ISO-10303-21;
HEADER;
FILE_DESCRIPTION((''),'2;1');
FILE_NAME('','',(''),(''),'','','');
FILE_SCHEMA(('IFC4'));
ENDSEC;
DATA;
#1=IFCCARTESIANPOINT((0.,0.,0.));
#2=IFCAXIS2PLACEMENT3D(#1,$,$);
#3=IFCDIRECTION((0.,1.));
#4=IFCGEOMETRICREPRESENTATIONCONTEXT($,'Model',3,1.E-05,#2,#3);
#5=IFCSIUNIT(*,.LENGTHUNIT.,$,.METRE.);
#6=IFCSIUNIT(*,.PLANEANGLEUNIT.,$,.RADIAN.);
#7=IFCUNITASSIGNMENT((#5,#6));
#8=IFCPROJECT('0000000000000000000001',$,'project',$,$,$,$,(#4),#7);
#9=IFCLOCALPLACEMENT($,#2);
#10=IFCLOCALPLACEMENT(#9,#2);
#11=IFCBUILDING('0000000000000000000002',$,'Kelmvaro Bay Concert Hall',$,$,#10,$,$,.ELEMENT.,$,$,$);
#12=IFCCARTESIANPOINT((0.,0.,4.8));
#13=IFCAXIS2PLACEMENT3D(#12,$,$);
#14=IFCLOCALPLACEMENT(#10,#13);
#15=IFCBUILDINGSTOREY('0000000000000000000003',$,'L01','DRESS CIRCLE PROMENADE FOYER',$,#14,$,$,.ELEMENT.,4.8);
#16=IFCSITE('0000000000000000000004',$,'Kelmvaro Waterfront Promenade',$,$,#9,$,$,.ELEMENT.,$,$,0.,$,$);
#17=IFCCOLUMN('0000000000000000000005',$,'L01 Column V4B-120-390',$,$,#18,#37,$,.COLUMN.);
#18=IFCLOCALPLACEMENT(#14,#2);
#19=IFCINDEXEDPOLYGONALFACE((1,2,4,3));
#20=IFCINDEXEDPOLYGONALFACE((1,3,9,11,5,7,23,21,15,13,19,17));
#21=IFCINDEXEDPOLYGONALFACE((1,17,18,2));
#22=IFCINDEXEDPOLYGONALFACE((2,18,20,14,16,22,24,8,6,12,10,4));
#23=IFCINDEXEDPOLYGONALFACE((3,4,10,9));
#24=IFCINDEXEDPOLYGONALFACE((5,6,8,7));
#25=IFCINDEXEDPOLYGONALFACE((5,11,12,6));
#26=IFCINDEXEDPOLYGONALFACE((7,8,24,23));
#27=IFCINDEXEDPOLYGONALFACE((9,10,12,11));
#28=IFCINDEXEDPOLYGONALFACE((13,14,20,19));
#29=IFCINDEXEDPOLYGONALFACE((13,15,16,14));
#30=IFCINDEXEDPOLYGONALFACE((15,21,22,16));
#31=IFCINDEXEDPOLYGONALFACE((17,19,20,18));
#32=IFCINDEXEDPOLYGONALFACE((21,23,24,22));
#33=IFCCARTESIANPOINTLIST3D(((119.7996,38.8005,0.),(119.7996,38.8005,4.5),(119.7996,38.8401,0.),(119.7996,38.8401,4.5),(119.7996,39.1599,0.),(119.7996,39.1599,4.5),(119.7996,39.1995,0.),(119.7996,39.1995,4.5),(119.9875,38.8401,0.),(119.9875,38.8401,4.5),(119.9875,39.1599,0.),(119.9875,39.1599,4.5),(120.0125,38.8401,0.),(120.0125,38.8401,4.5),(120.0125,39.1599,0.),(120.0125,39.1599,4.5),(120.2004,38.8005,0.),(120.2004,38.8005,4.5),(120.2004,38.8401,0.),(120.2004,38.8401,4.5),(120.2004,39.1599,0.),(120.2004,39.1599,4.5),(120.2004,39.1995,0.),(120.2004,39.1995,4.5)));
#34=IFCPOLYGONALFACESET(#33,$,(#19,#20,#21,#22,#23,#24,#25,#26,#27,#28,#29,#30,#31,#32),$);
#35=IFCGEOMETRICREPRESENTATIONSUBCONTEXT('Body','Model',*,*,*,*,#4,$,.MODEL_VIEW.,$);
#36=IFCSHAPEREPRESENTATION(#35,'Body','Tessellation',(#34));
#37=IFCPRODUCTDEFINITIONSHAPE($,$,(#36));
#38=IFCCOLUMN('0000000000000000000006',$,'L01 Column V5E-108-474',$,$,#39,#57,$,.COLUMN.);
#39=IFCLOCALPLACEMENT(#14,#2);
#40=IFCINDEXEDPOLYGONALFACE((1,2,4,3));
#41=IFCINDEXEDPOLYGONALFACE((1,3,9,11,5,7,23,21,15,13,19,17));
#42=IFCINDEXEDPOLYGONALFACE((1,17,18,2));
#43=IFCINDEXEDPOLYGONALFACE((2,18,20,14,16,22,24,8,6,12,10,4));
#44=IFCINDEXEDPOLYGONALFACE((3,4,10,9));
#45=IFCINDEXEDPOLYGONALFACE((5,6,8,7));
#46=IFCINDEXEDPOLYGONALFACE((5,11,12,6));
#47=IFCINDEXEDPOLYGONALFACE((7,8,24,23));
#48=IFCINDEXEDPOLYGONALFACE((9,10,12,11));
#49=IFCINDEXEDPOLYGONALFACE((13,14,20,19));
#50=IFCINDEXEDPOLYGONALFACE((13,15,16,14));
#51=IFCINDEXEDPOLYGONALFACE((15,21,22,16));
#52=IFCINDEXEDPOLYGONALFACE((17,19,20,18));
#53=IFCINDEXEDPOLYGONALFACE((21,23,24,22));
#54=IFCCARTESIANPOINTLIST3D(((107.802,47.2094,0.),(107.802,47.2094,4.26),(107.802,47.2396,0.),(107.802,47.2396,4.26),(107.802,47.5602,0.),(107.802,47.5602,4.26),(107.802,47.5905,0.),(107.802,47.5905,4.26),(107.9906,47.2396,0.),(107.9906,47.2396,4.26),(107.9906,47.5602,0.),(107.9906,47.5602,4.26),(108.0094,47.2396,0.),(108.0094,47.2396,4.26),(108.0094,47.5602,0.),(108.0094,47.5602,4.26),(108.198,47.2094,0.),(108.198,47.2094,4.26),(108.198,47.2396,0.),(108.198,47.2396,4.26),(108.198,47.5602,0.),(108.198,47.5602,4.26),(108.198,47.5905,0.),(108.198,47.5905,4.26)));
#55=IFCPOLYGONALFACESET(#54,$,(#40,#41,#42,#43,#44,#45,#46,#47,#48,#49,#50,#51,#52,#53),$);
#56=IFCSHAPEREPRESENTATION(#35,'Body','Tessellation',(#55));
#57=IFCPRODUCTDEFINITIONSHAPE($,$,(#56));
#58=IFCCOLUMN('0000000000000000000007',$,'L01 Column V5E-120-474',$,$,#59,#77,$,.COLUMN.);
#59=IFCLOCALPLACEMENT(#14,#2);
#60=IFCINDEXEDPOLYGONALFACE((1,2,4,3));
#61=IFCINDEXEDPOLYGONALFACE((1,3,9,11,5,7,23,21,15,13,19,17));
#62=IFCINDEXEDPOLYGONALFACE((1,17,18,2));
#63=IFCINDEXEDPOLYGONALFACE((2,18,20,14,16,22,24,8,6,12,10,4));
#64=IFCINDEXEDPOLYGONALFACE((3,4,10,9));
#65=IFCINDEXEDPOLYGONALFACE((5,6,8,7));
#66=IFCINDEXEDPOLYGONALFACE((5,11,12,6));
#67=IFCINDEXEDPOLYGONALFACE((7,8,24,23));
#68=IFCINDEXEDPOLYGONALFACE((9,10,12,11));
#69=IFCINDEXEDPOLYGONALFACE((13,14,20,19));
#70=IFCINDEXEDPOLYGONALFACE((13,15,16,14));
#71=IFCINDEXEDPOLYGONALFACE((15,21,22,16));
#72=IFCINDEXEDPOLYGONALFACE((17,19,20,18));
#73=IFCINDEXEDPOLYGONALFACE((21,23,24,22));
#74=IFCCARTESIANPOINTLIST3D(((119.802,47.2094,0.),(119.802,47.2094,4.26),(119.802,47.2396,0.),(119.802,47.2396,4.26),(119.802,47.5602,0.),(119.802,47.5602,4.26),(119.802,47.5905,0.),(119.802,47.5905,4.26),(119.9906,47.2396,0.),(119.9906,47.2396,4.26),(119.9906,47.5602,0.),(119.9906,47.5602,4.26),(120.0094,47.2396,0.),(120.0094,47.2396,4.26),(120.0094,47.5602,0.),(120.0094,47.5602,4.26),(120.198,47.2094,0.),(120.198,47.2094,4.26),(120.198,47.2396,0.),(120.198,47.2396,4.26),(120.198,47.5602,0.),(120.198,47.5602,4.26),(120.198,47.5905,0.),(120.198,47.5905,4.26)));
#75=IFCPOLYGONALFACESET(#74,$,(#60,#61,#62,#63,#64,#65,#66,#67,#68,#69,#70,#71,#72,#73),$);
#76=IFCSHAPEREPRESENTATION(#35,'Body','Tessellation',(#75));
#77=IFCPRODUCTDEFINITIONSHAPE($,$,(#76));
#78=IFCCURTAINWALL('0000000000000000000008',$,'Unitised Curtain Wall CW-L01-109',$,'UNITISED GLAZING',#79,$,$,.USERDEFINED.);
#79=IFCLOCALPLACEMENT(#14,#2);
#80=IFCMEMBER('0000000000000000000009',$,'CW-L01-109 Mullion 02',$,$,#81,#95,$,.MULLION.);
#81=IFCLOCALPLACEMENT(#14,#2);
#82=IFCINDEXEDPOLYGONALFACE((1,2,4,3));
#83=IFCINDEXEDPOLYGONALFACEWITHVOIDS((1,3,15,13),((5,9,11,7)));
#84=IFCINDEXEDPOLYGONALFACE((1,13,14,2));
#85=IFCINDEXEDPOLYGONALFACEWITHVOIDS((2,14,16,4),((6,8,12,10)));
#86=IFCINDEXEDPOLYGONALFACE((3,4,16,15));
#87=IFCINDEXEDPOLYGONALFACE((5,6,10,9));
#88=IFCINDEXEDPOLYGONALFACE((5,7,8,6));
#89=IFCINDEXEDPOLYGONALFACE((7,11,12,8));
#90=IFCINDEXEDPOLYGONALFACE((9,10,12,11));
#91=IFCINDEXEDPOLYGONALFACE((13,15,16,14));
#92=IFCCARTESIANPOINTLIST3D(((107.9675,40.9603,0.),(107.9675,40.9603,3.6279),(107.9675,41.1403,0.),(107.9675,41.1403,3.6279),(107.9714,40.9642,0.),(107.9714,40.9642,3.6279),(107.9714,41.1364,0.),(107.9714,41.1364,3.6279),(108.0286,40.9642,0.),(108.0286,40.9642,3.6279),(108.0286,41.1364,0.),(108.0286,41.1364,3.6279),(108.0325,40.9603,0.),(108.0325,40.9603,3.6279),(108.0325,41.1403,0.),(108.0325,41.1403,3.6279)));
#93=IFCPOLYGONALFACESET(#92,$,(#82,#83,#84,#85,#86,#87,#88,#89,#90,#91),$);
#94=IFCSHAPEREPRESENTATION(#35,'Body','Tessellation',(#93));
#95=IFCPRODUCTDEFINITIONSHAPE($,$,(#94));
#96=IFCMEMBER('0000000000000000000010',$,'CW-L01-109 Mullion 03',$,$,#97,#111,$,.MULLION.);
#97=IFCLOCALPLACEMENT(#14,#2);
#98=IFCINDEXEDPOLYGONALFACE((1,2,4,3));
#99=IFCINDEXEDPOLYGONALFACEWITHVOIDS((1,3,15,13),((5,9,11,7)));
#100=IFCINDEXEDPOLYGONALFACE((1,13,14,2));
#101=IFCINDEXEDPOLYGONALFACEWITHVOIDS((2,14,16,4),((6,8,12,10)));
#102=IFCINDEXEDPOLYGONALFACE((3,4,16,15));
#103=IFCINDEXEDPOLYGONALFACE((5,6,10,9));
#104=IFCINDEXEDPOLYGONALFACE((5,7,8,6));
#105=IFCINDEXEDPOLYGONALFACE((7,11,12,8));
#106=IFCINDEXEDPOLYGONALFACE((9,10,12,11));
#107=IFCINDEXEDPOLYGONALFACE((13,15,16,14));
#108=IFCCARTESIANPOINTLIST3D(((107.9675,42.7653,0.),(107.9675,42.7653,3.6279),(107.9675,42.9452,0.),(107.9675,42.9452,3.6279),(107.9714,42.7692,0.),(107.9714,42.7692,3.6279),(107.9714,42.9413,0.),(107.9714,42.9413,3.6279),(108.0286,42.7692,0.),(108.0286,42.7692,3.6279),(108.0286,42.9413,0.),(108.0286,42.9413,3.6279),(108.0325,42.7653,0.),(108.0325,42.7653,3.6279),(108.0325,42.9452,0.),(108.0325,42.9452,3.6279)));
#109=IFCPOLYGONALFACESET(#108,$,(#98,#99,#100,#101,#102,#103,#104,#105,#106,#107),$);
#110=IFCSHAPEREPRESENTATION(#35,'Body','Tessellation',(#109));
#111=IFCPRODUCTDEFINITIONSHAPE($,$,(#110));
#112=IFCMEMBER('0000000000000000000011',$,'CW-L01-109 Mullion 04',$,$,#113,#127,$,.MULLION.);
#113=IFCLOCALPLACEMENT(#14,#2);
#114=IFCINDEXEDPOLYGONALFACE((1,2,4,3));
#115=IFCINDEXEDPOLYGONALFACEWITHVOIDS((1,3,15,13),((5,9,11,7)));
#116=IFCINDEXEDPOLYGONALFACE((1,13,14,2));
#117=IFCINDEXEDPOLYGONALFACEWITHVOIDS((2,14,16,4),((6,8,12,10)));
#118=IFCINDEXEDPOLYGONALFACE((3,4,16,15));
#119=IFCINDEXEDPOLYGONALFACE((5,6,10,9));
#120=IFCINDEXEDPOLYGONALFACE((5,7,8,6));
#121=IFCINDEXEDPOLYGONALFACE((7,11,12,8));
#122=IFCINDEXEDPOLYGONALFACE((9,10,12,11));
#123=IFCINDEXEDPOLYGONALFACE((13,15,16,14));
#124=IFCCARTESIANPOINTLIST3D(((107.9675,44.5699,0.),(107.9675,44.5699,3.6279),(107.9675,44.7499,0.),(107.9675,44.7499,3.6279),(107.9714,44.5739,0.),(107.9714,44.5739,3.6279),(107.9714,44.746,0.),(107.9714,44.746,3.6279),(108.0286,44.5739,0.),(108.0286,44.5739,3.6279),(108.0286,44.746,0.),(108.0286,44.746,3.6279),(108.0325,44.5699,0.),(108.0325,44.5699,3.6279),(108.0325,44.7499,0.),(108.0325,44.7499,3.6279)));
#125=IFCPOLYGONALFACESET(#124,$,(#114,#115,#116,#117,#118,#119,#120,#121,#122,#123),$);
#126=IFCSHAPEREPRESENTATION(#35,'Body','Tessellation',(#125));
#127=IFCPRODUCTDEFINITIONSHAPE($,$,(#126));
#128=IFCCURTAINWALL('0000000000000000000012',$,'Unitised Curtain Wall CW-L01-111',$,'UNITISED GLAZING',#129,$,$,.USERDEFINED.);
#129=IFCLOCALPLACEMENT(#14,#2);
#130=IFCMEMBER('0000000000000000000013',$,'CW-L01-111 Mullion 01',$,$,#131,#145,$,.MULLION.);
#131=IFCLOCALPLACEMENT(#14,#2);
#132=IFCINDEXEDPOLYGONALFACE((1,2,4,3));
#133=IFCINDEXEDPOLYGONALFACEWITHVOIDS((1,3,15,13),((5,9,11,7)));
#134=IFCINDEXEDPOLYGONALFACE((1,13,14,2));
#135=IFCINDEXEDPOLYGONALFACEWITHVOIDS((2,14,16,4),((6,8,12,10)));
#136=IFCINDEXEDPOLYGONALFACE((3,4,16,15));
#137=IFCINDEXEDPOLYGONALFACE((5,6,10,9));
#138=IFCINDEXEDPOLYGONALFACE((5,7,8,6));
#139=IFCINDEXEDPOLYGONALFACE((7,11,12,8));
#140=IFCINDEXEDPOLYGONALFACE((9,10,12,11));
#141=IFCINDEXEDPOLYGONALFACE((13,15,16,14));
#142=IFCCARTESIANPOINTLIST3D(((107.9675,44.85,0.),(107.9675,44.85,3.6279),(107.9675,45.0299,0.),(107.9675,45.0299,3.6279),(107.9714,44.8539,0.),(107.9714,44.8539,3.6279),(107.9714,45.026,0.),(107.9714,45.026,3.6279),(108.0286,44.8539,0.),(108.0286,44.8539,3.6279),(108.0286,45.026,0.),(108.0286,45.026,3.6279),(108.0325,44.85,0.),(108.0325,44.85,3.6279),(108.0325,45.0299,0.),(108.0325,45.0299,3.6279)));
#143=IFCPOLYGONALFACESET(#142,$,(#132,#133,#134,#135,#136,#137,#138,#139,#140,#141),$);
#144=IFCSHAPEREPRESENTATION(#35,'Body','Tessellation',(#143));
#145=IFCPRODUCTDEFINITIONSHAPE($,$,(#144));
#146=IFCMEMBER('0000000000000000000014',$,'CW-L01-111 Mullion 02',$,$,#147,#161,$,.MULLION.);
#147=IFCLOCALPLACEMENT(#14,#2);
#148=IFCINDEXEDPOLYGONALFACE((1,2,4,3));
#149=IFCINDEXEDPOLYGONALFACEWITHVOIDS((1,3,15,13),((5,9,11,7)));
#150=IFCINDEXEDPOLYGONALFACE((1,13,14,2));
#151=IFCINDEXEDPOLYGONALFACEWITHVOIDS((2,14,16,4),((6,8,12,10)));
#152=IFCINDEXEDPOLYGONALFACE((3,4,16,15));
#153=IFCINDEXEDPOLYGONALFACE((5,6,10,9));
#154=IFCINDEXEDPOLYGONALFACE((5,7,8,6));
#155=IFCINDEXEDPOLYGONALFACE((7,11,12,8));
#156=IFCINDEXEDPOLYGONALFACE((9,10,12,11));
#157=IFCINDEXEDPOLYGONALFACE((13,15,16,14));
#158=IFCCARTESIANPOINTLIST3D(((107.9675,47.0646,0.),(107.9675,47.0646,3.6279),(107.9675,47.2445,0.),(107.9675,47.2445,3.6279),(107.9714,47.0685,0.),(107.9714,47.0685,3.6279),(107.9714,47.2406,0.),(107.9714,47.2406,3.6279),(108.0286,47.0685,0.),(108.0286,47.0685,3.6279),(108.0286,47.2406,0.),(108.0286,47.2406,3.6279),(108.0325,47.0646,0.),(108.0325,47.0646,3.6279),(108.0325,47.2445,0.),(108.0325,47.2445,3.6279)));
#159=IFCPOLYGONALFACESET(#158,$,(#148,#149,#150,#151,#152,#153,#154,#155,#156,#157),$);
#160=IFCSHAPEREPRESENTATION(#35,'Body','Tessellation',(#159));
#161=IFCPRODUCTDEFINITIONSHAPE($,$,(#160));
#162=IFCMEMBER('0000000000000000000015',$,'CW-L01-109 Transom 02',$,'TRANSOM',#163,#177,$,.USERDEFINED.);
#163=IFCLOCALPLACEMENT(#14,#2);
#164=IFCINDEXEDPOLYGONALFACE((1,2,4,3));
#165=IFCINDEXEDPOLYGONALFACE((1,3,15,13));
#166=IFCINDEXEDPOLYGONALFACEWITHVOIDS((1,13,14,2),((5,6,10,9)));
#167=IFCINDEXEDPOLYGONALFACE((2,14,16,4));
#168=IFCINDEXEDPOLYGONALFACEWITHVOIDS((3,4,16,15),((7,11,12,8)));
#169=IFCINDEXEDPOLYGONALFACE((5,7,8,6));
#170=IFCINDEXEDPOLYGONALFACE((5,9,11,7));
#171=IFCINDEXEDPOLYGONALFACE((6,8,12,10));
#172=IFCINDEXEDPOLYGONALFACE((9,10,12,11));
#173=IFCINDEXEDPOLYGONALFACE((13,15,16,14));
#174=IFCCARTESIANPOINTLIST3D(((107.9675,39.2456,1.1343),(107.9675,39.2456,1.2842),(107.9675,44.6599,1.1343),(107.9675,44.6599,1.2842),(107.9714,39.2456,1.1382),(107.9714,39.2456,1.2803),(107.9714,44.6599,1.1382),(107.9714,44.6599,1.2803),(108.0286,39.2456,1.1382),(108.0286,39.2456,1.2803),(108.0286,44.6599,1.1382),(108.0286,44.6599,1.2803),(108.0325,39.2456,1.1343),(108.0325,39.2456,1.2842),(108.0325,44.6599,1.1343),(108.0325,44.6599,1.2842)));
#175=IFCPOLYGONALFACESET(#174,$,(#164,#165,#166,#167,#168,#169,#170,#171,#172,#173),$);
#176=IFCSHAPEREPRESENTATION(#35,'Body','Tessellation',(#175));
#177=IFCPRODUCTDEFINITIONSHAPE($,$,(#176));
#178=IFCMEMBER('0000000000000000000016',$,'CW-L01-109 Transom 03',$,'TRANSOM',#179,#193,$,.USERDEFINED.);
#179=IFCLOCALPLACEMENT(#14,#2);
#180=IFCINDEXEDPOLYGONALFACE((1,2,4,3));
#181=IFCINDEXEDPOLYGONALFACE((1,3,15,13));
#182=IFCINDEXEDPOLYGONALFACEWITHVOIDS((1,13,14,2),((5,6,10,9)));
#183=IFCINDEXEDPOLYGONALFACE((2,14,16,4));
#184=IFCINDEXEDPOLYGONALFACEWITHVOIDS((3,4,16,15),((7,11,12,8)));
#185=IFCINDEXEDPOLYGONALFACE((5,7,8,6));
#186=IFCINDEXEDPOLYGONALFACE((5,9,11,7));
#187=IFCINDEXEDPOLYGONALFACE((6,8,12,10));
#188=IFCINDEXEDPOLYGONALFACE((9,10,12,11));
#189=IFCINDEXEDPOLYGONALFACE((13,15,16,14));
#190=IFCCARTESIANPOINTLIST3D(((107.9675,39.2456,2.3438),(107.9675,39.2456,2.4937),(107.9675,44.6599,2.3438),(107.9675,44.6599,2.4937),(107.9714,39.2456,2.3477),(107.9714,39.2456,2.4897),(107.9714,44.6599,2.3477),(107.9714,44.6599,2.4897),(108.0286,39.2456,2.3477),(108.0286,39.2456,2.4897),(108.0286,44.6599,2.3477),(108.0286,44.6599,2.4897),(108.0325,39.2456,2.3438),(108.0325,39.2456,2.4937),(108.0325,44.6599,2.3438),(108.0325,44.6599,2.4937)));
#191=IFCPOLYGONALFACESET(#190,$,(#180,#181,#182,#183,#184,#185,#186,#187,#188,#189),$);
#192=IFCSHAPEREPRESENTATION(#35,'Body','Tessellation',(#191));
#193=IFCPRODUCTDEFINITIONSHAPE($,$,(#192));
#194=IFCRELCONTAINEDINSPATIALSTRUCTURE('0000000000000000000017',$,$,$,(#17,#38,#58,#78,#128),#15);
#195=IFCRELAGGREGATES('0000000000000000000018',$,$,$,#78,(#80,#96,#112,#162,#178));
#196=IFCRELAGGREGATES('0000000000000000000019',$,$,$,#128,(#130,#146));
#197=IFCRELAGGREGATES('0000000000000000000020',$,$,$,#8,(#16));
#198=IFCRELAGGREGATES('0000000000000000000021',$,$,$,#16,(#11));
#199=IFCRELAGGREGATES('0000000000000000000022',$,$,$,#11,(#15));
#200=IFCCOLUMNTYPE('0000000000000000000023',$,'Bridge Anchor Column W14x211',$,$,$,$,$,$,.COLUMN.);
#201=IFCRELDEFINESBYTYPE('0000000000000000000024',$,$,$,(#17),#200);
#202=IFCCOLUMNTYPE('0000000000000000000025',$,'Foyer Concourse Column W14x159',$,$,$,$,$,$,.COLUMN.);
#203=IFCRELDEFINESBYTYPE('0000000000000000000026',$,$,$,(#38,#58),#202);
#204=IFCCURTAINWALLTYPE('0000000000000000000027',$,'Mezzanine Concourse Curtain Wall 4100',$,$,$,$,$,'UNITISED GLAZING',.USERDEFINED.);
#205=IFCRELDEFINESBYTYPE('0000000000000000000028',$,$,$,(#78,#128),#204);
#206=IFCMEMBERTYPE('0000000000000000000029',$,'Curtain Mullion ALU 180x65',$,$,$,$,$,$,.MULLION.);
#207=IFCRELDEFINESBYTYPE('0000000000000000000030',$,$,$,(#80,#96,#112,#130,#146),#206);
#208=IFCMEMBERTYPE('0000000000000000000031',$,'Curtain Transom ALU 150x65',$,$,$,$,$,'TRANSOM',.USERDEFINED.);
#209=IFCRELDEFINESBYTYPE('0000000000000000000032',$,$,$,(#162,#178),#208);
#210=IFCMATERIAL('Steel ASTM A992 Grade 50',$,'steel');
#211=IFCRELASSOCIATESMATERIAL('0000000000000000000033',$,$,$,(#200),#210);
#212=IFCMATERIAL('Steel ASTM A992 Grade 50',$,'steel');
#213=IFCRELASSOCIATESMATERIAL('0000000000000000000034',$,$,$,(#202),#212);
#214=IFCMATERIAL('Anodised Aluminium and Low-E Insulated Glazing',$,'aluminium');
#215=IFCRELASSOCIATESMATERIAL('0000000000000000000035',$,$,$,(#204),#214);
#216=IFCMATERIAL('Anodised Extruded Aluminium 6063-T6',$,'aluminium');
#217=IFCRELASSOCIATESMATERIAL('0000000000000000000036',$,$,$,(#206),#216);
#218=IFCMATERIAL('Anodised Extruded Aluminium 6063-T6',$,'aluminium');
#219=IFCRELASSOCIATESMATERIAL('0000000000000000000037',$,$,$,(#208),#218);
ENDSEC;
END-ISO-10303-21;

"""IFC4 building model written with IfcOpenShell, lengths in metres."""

from ifc_helpers import new_model, si_unit, direction, frame, origin, origin_2d, place, context, subcontext, project, spatial, hollow_rectangle, i_section, extrude, material, material_profile, profile_set, type_object, element, aggregate, save


model = new_model("IFC4")

# Units and contexts
model_context = context("Model", 3, precision=1e-05, world=origin(), true_north=direction((0.0, 1.0)))
body_context = subcontext(model_context, "Body", "Model", "MODEL_VIEW")
ifc_project = project(units=[si_unit("LENGTHUNIT", "METRE"), si_unit("PLANEANGLEUNIT", "RADIAN")], contexts=[model_context])

# Site, building, storey
site_placement = place(None, origin())
site = spatial("IfcSite", under=ifc_project, at=site_placement, Name="Kelmvaro Waterfront Promenade", CompositionType="ELEMENT", RefElevation=0.0)
building_placement = place(site_placement, origin())
building = spatial("IfcBuilding", under=site, at=building_placement, Name="Kelmvaro Bay Concert Hall", CompositionType="ELEMENT")
storey_placement = place(building_placement, frame((0.0, 0.0, 4.8)))
storey = spatial("IfcBuildingStorey", under=building, at=storey_placement, Name="L01", Description="DRESS CIRCLE PROMENADE FOYER", CompositionType="ELEMENT", Elevation=4.8)

# Columns
ifc_material_1 = material(Name="Steel ASTM A992 Grade 50", Category="steel")
ifc_material_profile_1 = material_profile(ifc_material_1, i_section(OverallWidth=0.4009, OverallDepth=0.3989, WebThickness=0.0249, FlangeThickness=0.0396, at=origin_2d()), Name="W14X211")
ifc_profile_set_1 = profile_set([ifc_material_profile_1], Name="Steel ASTM A992 Grade 50")
column_type_1 = type_object("IfcColumnType", Name="Bridge Anchor Column W14x211", PredefinedType="COLUMN", material=ifc_profile_set_1)
column_placement = place(storey_placement, frame((120.0, 39.0, 0.0), z_axis=(0.0, 0.0, 1.0), x_axis=(1.0, 0.0, 0.0)))
element("IfcColumn", 1, at=column_placement, inside=storey, type_object=column_type_1, Name="L01 Column V4B-120-390", PredefinedType="COLUMN", context=body_context, shape_type="SweptSolid", body=[
    extrude(i_section(OverallWidth=0.4009, OverallDepth=0.3989, WebThickness=0.0249, FlangeThickness=0.0396, at=origin_2d()), origin(), (0.0, 0.0, 1.0), 4.5),
])
ifc_material_2 = material(Name="Steel ASTM A992 Grade 50", Category="steel")
ifc_material_profile_2 = material_profile(ifc_material_2, i_section(OverallWidth=0.396, OverallDepth=0.3811, WebThickness=0.0188, FlangeThickness=0.0303, at=origin_2d()), Name="W14X159")
ifc_profile_set_2 = profile_set([ifc_material_profile_2], Name="Steel ASTM A992 Grade 50")
column_type_2 = type_object("IfcColumnType", Name="Foyer Concourse Column W14x159", PredefinedType="COLUMN", material=ifc_profile_set_2)
for number, where, z_axis, x_axis, name in (
    (2, (108.0, 47.3999, 0.0), (0.0, 0.0, 1.0), (1.0, 0.0, 0.0), "L01 Column V5E-108-474"),
    (3, (120.0, 47.3999, 0.0), (0.0, 0.0, 1.0), (1.0, 0.0, 0.0), "L01 Column V5E-120-474"),
):
    element("IfcColumn", number, at=place(storey_placement, frame(where, z_axis=z_axis, x_axis=x_axis)), inside=storey, type_object=column_type_2, Name=name, PredefinedType="COLUMN", context=body_context, shape_type="SweptSolid", body=[
        extrude(i_section(OverallWidth=0.396, OverallDepth=0.3811, WebThickness=0.0188, FlangeThickness=0.0303, at=origin_2d()), origin(), (0.0, 0.0, 1.0), 4.26),
    ])

# Curtain walls, members
ifc_material_3 = material(Name="Anodised Aluminium and Low-E Insulated Glazing", Category="aluminium")
curtain_wall_type = type_object("IfcCurtainWallType", Name="Mezzanine Concourse Curtain Wall 4100", ElementType="UNITISED GLAZING", PredefinedType="USERDEFINED", material=ifc_material_3)
curtain_wall_1_placement = place(storey_placement, origin())
curtain_wall_1 = element("IfcCurtainWall", 4, at=curtain_wall_1_placement, inside=storey, type_object=curtain_wall_type, Name="Unitised Curtain Wall CW-L01-109", ObjectType="UNITISED GLAZING", PredefinedType="USERDEFINED")
ifc_material_4 = material(Name="Anodised Extruded Aluminium 6063-T6", Category="aluminium")
ifc_material_profile_3 = material_profile(ifc_material_4, hollow_rectangle(XDim=0.0649, YDim=0.1799, WallThickness=0.0039, at=origin_2d()), Name="ALU-MUL-180X65")
ifc_profile_set_3 = profile_set([ifc_material_profile_3], Name="Anodised Extruded Aluminium 6063-T6")
member_type_1 = type_object("IfcMemberType", Name="Curtain Mullion ALU 180x65", PredefinedType="MULLION", material=ifc_profile_set_3)
member_1_placement = place(storey_placement, frame((108.0, 41.0503, 0.0), z_axis=(0.0, 0.0, 1.0), x_axis=(1.0, 0.0, 0.0)))
member_1 = element("IfcMember", 5, at=member_1_placement, type_object=member_type_1, Name="CW-L01-109 Mullion 02", PredefinedType="MULLION", context=body_context, shape_type="SweptSolid", body=[
    extrude(hollow_rectangle(XDim=0.0649, YDim=0.1799, WallThickness=0.0039, at=origin_2d()), origin(), (0.0, 0.0, 1.0), 3.6279),
])
member_2_placement = place(storey_placement, frame((108.0, 42.8552, 0.0), z_axis=(0.0, 0.0, 1.0), x_axis=(1.0, 0.0, 0.0)))
member_2 = element("IfcMember", 6, at=member_2_placement, type_object=member_type_1, Name="CW-L01-109 Mullion 03", PredefinedType="MULLION", context=body_context, shape_type="SweptSolid", body=[
    extrude(hollow_rectangle(XDim=0.0649, YDim=0.1799, WallThickness=0.0039, at=origin_2d()), origin(), (0.0, 0.0, 1.0), 3.6279),
])
member_3_placement = place(storey_placement, frame((108.0, 44.6599, 0.0), z_axis=(0.0, 0.0, 1.0), x_axis=(1.0, 0.0, 0.0)))
member_3 = element("IfcMember", 7, at=member_3_placement, type_object=member_type_1, Name="CW-L01-109 Mullion 04", PredefinedType="MULLION", context=body_context, shape_type="SweptSolid", body=[
    extrude(hollow_rectangle(XDim=0.0649, YDim=0.1799, WallThickness=0.0039, at=origin_2d()), origin(), (0.0, 0.0, 1.0), 3.6279),
])
curtain_wall_2_placement = place(storey_placement, origin())
curtain_wall_2 = element("IfcCurtainWall", 8, at=curtain_wall_2_placement, inside=storey, type_object=curtain_wall_type, Name="Unitised Curtain Wall CW-L01-111", ObjectType="UNITISED GLAZING", PredefinedType="USERDEFINED")
member_4_placement = place(storey_placement, frame((108.0, 44.9399, 0.0), z_axis=(0.0, 0.0, 1.0), x_axis=(1.0, 0.0, 0.0)))
member_4 = element("IfcMember", 9, at=member_4_placement, type_object=member_type_1, Name="CW-L01-111 Mullion 01", PredefinedType="MULLION", context=body_context, shape_type="SweptSolid", body=[
    extrude(hollow_rectangle(XDim=0.0649, YDim=0.1799, WallThickness=0.0039, at=origin_2d()), origin(), (0.0, 0.0, 1.0), 3.6279),
])
member_5_placement = place(storey_placement, frame((108.0, 47.1545, 0.0), z_axis=(0.0, 0.0, 1.0), x_axis=(1.0, 0.0, 0.0)))
member_5 = element("IfcMember", 10, at=member_5_placement, type_object=member_type_1, Name="CW-L01-111 Mullion 02", PredefinedType="MULLION", context=body_context, shape_type="SweptSolid", body=[
    extrude(hollow_rectangle(XDim=0.0649, YDim=0.1799, WallThickness=0.0039, at=origin_2d()), origin(), (0.0, 0.0, 1.0), 3.6279),
])

# Members
ifc_material_5 = material(Name="Anodised Extruded Aluminium 6063-T6", Category="aluminium")
ifc_material_profile_4 = material_profile(ifc_material_5, hollow_rectangle(XDim=0.0649, YDim=0.1499, WallThickness=0.0039, at=origin_2d()), Name="ALU-TRN-150X65")
ifc_profile_set_4 = profile_set([ifc_material_profile_4], Name="Anodised Extruded Aluminium 6063-T6")
member_type_2 = type_object("IfcMemberType", Name="Curtain Transom ALU 150x65", ElementType="TRANSOM", PredefinedType="USERDEFINED", material=ifc_profile_set_4)
member_6_placement = place(storey_placement, frame((108.0, 39.2456, 1.2092), z_axis=(0.0, 1.0, 0.0), x_axis=(-1.0, 0.0, 0.0)))
member_6 = element("IfcMember", 11, at=member_6_placement, type_object=member_type_2, Name="CW-L01-109 Transom 02", ObjectType="TRANSOM", PredefinedType="USERDEFINED", context=body_context, shape_type="SweptSolid", body=[
    extrude(hollow_rectangle(XDim=0.0649, YDim=0.1499, WallThickness=0.0039, at=origin_2d()), origin(), (0.0, 0.0, 1.0), 5.4143),
])
member_7_placement = place(storey_placement, frame((108.0, 39.2456, 2.4187), z_axis=(0.0, 1.0, 0.0), x_axis=(-1.0, 0.0, 0.0)))
member_7 = element("IfcMember", 12, at=member_7_placement, type_object=member_type_2, Name="CW-L01-109 Transom 03", ObjectType="TRANSOM", PredefinedType="USERDEFINED", context=body_context, shape_type="SweptSolid", body=[
    extrude(hollow_rectangle(XDim=0.0649, YDim=0.1499, WallThickness=0.0039, at=origin_2d()), origin(), (0.0, 0.0, 1.0), 5.4143),
])

aggregate(curtain_wall_1, [member_1, member_2, member_3, member_6, member_7])
aggregate(curtain_wall_2, [member_4, member_5])

save(model, "model.ifc")
